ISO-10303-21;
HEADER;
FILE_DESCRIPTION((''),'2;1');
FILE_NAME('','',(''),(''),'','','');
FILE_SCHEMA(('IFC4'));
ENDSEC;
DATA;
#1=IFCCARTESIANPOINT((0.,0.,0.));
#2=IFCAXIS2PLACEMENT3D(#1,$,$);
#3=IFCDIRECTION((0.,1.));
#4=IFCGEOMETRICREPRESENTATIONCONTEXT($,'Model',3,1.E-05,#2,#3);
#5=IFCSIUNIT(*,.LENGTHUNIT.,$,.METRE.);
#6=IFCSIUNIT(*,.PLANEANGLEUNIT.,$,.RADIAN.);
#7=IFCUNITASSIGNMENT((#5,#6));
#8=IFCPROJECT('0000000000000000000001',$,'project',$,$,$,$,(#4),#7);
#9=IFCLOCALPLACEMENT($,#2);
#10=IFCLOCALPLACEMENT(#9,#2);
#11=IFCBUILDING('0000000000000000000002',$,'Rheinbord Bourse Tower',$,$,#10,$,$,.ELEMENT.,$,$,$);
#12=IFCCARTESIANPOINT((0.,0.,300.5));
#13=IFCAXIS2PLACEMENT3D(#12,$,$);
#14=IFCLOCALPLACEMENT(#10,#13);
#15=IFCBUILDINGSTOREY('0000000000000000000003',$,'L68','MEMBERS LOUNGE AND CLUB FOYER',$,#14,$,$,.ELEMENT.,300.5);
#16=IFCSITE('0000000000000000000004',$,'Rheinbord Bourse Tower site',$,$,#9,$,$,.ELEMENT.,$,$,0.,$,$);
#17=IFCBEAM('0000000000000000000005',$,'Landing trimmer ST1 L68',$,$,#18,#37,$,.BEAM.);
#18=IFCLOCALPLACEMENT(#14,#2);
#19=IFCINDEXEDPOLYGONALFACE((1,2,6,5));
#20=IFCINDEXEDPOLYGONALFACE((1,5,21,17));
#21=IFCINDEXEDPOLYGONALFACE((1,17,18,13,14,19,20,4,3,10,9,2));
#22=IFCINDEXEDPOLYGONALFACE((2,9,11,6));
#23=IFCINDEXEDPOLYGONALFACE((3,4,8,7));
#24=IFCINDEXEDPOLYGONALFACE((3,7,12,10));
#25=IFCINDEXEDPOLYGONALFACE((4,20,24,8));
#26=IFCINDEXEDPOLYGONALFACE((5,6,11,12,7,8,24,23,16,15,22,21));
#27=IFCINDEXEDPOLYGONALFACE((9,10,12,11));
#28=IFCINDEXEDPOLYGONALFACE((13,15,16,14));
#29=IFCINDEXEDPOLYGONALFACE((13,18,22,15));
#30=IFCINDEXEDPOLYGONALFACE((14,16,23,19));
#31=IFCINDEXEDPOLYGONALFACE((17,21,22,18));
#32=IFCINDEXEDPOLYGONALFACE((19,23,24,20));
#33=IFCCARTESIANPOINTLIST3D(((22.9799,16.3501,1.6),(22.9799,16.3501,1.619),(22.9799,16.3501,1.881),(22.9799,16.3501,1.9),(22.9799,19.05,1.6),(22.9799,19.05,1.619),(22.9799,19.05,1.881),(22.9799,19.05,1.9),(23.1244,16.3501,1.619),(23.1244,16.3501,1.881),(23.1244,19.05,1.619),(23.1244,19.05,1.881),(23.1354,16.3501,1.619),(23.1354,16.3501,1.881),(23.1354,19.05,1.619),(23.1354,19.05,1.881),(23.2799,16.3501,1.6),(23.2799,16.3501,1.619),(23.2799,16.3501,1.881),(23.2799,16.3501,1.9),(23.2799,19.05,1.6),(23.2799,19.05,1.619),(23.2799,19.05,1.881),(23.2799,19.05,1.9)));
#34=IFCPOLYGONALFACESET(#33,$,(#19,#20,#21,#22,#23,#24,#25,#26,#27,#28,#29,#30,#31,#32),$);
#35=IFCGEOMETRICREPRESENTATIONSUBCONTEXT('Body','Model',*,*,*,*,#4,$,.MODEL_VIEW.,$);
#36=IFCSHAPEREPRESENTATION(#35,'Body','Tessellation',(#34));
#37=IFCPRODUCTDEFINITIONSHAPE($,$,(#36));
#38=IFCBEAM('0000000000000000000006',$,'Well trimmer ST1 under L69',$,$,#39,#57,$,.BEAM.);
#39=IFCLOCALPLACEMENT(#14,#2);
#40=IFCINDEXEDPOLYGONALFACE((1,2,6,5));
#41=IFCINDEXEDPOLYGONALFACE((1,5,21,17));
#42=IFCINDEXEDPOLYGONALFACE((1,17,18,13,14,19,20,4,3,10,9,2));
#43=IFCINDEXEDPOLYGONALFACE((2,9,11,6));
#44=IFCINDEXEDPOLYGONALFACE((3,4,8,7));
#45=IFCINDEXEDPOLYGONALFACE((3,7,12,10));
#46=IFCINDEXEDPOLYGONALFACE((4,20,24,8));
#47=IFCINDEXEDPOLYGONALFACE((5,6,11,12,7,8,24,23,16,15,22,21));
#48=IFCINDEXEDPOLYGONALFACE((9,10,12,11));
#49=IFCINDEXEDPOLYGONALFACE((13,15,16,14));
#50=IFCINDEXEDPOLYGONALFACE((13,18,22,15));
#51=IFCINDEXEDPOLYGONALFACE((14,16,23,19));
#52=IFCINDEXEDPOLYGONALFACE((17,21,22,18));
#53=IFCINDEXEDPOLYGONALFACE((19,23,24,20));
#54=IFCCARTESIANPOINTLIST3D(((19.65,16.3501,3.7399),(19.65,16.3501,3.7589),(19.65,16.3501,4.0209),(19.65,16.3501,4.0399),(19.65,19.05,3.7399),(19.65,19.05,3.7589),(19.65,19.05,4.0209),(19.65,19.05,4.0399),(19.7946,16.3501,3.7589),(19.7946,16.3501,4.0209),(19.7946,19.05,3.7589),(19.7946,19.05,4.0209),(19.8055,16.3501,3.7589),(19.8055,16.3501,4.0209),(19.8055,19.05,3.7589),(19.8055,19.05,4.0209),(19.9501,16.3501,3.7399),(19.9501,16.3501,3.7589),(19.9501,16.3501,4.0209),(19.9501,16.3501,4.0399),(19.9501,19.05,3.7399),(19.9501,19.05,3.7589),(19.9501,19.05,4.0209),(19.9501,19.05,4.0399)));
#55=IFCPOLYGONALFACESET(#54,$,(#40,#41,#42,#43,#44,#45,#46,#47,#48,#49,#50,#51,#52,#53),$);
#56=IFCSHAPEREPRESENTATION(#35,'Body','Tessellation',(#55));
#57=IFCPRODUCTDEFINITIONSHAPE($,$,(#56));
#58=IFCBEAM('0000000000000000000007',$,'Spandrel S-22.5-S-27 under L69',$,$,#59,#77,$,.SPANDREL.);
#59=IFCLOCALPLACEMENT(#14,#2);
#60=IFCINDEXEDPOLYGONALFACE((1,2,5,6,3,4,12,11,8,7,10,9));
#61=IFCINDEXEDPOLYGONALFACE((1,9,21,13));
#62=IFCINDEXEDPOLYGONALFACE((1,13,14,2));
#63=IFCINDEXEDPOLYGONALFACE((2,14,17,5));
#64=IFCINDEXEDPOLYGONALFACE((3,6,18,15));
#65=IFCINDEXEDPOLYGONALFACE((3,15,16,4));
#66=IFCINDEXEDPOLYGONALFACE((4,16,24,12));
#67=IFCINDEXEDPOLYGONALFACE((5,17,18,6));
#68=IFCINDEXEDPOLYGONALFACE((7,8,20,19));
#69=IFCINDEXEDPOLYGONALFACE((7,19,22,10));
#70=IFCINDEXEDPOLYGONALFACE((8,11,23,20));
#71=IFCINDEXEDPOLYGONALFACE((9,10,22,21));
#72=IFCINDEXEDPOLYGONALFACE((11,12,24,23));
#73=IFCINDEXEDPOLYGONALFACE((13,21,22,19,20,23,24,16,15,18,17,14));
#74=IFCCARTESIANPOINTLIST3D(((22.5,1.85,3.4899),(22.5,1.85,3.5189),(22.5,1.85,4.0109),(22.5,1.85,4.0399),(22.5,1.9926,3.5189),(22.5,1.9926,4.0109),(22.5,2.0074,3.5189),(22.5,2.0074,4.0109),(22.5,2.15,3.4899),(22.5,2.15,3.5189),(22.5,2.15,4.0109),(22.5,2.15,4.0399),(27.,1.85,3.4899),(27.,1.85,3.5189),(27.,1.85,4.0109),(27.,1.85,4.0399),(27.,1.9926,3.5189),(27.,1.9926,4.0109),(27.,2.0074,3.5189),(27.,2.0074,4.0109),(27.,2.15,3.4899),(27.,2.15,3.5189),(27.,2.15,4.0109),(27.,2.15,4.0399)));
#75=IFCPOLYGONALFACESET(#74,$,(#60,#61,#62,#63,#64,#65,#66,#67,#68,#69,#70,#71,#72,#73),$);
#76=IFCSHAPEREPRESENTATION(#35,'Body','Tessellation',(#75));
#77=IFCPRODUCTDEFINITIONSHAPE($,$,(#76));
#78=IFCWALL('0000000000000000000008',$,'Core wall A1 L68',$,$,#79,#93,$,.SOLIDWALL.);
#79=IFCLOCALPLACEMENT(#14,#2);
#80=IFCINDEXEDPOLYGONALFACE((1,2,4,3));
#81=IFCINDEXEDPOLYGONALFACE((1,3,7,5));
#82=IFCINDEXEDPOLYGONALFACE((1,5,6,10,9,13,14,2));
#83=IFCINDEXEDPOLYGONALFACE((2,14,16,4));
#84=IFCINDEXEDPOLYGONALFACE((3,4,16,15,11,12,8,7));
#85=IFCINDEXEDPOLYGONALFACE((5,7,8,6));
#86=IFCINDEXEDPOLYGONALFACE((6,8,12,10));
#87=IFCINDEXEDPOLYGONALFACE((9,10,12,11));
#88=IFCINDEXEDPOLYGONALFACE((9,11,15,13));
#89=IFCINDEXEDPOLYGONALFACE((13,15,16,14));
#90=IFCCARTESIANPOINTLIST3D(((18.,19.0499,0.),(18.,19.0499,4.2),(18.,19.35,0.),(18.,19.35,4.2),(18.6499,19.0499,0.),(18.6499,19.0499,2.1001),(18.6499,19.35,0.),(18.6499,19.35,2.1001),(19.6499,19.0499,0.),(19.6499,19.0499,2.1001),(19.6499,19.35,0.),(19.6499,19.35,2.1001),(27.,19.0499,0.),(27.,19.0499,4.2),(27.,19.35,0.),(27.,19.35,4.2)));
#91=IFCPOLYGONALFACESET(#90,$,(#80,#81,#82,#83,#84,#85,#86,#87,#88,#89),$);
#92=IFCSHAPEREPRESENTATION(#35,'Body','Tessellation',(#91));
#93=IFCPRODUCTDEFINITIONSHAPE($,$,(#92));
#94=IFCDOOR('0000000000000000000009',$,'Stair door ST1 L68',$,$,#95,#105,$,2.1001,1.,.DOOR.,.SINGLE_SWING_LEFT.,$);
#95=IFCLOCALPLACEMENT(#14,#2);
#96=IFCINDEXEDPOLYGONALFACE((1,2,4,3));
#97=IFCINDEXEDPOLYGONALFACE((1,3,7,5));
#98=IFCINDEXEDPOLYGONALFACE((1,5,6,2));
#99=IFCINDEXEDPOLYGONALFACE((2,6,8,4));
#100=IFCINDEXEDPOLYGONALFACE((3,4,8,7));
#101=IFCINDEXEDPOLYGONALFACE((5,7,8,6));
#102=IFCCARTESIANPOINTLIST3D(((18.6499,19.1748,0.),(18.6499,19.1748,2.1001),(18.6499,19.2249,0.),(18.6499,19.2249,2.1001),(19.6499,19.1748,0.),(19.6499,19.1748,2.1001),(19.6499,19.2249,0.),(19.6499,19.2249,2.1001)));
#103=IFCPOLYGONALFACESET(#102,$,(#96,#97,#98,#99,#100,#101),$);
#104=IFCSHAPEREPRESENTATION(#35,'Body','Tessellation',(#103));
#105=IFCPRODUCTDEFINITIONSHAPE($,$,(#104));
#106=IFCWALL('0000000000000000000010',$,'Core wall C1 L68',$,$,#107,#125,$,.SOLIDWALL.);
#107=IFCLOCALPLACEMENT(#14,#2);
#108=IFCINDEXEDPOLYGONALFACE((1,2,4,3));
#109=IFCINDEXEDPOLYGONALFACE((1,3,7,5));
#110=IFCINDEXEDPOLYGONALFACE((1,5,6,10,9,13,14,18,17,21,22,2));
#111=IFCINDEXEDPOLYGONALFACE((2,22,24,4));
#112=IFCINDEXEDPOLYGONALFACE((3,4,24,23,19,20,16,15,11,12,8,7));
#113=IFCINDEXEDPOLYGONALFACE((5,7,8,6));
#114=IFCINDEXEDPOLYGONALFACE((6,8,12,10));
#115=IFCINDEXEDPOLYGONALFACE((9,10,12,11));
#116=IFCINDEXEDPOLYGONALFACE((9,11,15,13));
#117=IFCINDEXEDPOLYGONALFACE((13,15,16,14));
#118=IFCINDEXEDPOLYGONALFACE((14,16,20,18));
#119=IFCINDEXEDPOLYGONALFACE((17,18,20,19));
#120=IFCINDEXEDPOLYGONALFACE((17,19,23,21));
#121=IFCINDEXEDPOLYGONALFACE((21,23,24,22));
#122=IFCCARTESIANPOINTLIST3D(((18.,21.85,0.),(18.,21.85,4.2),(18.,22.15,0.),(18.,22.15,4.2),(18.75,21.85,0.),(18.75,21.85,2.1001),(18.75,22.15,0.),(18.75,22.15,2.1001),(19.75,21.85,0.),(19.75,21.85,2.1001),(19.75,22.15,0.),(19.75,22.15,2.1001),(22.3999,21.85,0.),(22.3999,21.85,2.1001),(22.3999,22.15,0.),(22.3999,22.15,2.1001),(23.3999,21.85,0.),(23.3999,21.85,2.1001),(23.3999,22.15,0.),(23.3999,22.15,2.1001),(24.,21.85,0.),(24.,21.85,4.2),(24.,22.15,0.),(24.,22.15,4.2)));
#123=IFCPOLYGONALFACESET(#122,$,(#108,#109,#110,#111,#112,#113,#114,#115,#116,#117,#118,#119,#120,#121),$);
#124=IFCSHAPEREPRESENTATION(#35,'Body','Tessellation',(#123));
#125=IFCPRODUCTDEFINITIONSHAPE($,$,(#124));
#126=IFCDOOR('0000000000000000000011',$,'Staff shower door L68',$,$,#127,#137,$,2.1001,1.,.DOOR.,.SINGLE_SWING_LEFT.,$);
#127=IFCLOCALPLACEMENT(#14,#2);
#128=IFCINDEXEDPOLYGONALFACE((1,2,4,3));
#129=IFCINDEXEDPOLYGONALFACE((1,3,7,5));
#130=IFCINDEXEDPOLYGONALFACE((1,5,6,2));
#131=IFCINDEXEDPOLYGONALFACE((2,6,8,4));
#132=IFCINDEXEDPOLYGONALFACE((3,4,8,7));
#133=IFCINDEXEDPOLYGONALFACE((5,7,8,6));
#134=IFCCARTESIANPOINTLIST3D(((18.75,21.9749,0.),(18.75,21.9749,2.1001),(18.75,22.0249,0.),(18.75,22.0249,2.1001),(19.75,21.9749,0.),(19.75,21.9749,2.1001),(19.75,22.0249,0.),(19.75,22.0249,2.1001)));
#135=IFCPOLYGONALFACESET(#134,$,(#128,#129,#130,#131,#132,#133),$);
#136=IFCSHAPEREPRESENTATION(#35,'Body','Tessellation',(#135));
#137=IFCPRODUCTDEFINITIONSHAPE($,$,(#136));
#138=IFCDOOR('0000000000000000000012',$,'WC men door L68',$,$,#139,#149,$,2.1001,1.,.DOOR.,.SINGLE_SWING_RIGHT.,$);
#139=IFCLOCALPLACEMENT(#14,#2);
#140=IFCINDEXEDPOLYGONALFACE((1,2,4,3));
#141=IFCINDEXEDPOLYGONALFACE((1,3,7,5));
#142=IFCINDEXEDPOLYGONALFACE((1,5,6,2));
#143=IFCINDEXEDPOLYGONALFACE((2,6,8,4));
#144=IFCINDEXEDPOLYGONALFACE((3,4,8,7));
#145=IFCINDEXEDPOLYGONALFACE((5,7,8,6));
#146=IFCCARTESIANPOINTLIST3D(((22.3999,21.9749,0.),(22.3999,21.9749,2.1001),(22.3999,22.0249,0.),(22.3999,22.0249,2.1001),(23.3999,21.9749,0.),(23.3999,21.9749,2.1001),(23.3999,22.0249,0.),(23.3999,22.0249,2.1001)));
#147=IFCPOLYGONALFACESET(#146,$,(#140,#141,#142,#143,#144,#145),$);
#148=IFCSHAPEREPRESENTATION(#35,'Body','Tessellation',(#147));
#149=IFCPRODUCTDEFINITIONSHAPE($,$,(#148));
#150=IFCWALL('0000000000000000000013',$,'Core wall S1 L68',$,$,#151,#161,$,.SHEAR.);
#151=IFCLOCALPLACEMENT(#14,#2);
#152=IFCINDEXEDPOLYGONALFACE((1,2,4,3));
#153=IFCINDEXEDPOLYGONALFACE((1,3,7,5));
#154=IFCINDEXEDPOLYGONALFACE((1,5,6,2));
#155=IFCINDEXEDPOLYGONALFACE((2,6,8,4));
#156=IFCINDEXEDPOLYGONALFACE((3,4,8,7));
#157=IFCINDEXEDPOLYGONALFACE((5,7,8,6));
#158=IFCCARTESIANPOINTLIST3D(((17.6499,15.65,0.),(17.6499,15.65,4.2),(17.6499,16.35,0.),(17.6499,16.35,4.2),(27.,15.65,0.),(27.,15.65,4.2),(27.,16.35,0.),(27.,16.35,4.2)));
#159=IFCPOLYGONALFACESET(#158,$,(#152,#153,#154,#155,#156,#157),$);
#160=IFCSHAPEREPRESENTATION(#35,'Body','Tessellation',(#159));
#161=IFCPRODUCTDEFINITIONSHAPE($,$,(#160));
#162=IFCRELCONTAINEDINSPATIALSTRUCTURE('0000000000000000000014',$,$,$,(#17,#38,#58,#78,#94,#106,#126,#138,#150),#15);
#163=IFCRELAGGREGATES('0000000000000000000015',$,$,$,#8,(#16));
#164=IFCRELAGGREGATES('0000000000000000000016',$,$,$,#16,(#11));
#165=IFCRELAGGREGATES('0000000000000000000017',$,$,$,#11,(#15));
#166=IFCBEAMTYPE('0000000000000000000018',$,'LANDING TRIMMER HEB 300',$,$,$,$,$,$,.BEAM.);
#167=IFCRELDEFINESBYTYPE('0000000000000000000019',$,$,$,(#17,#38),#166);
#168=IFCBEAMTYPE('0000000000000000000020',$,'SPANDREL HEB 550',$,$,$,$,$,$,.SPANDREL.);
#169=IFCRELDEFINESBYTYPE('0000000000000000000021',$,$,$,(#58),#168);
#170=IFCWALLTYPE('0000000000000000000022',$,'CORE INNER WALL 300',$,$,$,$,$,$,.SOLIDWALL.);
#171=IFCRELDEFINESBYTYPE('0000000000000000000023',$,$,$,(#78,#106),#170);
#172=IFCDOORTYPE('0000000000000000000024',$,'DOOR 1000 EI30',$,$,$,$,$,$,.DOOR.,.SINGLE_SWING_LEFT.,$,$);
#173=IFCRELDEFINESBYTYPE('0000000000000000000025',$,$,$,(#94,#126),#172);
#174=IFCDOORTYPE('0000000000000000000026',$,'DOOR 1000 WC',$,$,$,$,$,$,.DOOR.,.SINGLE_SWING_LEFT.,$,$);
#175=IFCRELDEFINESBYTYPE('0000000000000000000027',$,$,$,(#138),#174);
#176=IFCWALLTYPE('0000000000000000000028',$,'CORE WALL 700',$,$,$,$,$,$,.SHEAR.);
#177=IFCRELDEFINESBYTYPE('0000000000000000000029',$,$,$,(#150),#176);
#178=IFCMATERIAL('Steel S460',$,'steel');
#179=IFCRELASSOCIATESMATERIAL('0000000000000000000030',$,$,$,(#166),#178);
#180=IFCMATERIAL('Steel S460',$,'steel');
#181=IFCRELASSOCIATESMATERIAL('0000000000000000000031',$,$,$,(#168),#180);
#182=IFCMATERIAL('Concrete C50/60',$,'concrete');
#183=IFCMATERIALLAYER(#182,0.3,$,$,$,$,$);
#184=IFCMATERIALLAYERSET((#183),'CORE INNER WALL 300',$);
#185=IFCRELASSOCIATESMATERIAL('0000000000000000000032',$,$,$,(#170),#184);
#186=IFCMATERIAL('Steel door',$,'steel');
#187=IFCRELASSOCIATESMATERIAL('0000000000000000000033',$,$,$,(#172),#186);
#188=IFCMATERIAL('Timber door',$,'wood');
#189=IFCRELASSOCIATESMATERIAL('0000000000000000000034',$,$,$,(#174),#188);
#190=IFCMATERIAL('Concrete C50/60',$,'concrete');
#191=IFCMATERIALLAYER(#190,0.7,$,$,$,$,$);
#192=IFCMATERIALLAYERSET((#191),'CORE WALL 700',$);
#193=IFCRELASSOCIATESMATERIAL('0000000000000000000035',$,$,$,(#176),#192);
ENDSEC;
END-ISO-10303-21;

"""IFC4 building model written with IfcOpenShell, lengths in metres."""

from ifc_helpers import new_model, si_unit, direction, frame, frame_2d, origin, origin_2d, place, context, subcontext, project, spatial, rectangle, i_section, extrude, material, layer, layer_set, material_profile, profile_set, type_object, element, fill, save


model = new_model("IFC4")

# Units and contexts
model_context = context("Model", 3, precision=1e-05, world=origin(), true_north=direction((0.0, 1.0)))
body_context = subcontext(model_context, "Body", "Model", "MODEL_VIEW")
ifc_project = project(units=[si_unit("LENGTHUNIT", "METRE"), si_unit("PLANEANGLEUNIT", "RADIAN")], contexts=[model_context])

# Site, building, storey
site_placement = place(None, origin())
site = spatial("IfcSite", under=ifc_project, at=site_placement, Name="Rheinbord Bourse Tower site", CompositionType="ELEMENT", RefElevation=0.0)
building_placement = place(site_placement, origin())
building = spatial("IfcBuilding", under=site, at=building_placement, Name="Rheinbord Bourse Tower", CompositionType="ELEMENT")
storey_placement = place(building_placement, frame((0.0, 0.0, 300.5)))
storey = spatial("IfcBuildingStorey", under=building, at=storey_placement, Name="L68", Description="MEMBERS LOUNGE AND CLUB FOYER", CompositionType="ELEMENT", Elevation=300.5)

# Beams
ifc_material_1 = material(Name="Steel S460", Category="steel")
ifc_material_profile_1 = material_profile(ifc_material_1, i_section(OverallWidth=0.3, OverallDepth=0.3, WebThickness=0.011, FlangeThickness=0.019, at=origin_2d()), Name="HEB 300")
ifc_profile_set_1 = profile_set([ifc_material_profile_1], Name="Steel S460")
beam_type_1 = type_object("IfcBeamType", Name="LANDING TRIMMER HEB 300", PredefinedType="BEAM", material=ifc_profile_set_1)
for number, where, z_axis, x_axis, name in (
    (1, (23.1299, 16.3501, 1.75), (0.0, 1.0, 0.0), (-1.0, 0.0, 0.0), "Landing trimmer ST1 L68"),
    (2, (19.8, 16.3501, 3.8899), (0.0, 1.0, 0.0), (-1.0, 0.0, 0.0), "Well trimmer ST1 under L69"),
):
    element("IfcBeam", number, at=place(storey_placement, frame(where, z_axis=z_axis, x_axis=x_axis)), inside=storey, type_object=beam_type_1, Name=name, PredefinedType="BEAM", context=body_context, shape_type="SweptSolid", body=[
        extrude(i_section(OverallWidth=0.3, OverallDepth=0.3, WebThickness=0.011, FlangeThickness=0.019, at=origin_2d()), origin(), (0.0, 0.0, 1.0), 2.7),
    ])
ifc_material_2 = material(Name="Steel S460", Category="steel")
ifc_material_profile_2 = material_profile(ifc_material_2, i_section(OverallWidth=0.3, OverallDepth=0.55, WebThickness=0.0149, FlangeThickness=0.0291, at=origin_2d()), Name="HEB 550")
ifc_profile_set_2 = profile_set([ifc_material_profile_2], Name="Steel S460")
beam_type_2 = type_object("IfcBeamType", Name="SPANDREL HEB 550", PredefinedType="SPANDREL", material=ifc_profile_set_2)
beam_placement = place(storey_placement, frame((22.5, 2.0, 3.7649), z_axis=(1.0, 0.0, 0.0), x_axis=(0.0, 1.0, 0.0)))
element("IfcBeam", 3, at=beam_placement, inside=storey, type_object=beam_type_2, Name="Spandrel S-22.5-S-27 under L69", PredefinedType="SPANDREL", context=body_context, shape_type="SweptSolid", body=[
    extrude(i_section(OverallWidth=0.3, OverallDepth=0.55, WebThickness=0.0149, FlangeThickness=0.0291, at=origin_2d()), origin(), (0.0, 0.0, 1.0), 4.5),
])

# Wall, opening, door
ifc_material_3 = material(Name="Concrete C50/60", Category="concrete")
ifc_layer_1 = layer(ifc_material_3, 0.3)
ifc_layer_set_1 = layer_set([ifc_layer_1], Name="CORE INNER WALL 300")
wall_type_1 = type_object("IfcWallType", Name="CORE INNER WALL 300", PredefinedType="SOLIDWALL", material=ifc_layer_set_1)
wall_1_placement = place(storey_placement, frame((18.0, 19.2, 0.0), z_axis=(0.0, 0.0, 1.0), x_axis=(1.0, 0.0, 0.0)))
wall_1 = element("IfcWall", 4, at=wall_1_placement, inside=storey, type_object=wall_type_1, Name="Core wall A1 L68", PredefinedType="SOLIDWALL", context=body_context, shape_type="SweptSolid", body=[
    extrude(rectangle(XDim=9.0, YDim=0.3, at=frame_2d((4.5, 0.0))), origin(), (0.0, 0.0, 1.0), 4.2),
])
opening_1_placement = place(wall_1_placement, frame((0.6499, 0.0, 0.0)))
opening_1 = element("IfcOpeningElement", 5, at=opening_1_placement, cuts=wall_1, PredefinedType="OPENING", context=body_context, shape_type="SweptSolid", body=[
    extrude(rectangle(XDim=1.0, YDim=2.1001, at=frame_2d((0.5, 1.05))), frame((0.0, 0.1599, 0.0), z_axis=(0.0, -1.0, 0.0), x_axis=(1.0, 0.0, 0.0)), (0.0, 0.0, 1.0), 0.3201),
])
ifc_material_4 = material(Name="Steel door", Category="steel")
door_type_1 = type_object("IfcDoorType", Name="DOOR 1000 EI30", OperationType="SINGLE_SWING_LEFT", PredefinedType="DOOR", material=ifc_material_4)
door_1_placement = place(opening_1_placement, origin())
door_1 = element("IfcDoor", 6, at=door_1_placement, inside=storey, type_object=door_type_1, Name="Stair door ST1 L68", OperationType="SINGLE_SWING_LEFT", OverallHeight=2.1001, OverallWidth=1.0, PredefinedType="DOOR", context=body_context, shape_type="SweptSolid", body=[
    extrude(rectangle(XDim=1.0, YDim=2.1001, at=frame_2d((0.5, 1.05))), frame((0.0, 0.0249, 0.0), z_axis=(0.0, -1.0, 0.0), x_axis=(1.0, 0.0, 0.0)), (0.0, 0.0, 1.0), 0.05),
])
fill(opening_1, door_1)

# Wall, openings, doors
wall_2_placement = place(storey_placement, frame((18.0, 22.0, 0.0), z_axis=(0.0, 0.0, 1.0), x_axis=(1.0, 0.0, 0.0)))
wall_2 = element("IfcWall", 7, at=wall_2_placement, inside=storey, type_object=wall_type_1, Name="Core wall C1 L68", PredefinedType="SOLIDWALL", context=body_context, shape_type="SweptSolid", body=[
    extrude(rectangle(XDim=6.0, YDim=0.3, at=frame_2d((3.0, 0.0))), origin(), (0.0, 0.0, 1.0), 4.2),
])
opening_2_placement = place(wall_2_placement, frame((4.3999, 0.0, 0.0)))
opening_2 = element("IfcOpeningElement", 8, at=opening_2_placement, cuts=wall_2, PredefinedType="OPENING", context=body_context, shape_type="SweptSolid", body=[
    extrude(rectangle(XDim=1.0, YDim=2.1001, at=frame_2d((0.5, 1.05))), frame((0.0, 0.1599, 0.0), z_axis=(0.0, -1.0, 0.0), x_axis=(1.0, 0.0, 0.0)), (0.0, 0.0, 1.0), 0.3201),
])
opening_3_placement = place(wall_2_placement, frame((0.75, 0.0, 0.0)))
opening_3 = element("IfcOpeningElement", 9, at=opening_3_placement, cuts=wall_2, PredefinedType="OPENING", context=body_context, shape_type="SweptSolid", body=[
    extrude(rectangle(XDim=1.0, YDim=2.1001, at=frame_2d((0.5, 1.05))), frame((0.0, 0.1599, 0.0), z_axis=(0.0, -1.0, 0.0), x_axis=(1.0, 0.0, 0.0)), (0.0, 0.0, 1.0), 0.3201),
])
door_2_placement = place(opening_3_placement, origin())
door_2 = element("IfcDoor", 10, at=door_2_placement, inside=storey, type_object=door_type_1, Name="Staff shower door L68", OperationType="SINGLE_SWING_LEFT", OverallHeight=2.1001, OverallWidth=1.0, PredefinedType="DOOR", context=body_context, shape_type="SweptSolid", body=[
    extrude(rectangle(XDim=1.0, YDim=2.1001, at=frame_2d((0.5, 1.05))), frame((0.0, 0.0249, 0.0), z_axis=(0.0, -1.0, 0.0), x_axis=(1.0, 0.0, 0.0)), (0.0, 0.0, 1.0), 0.05),
])
fill(opening_3, door_2)
ifc_material_5 = material(Name="Timber door", Category="wood")
door_type_2 = type_object("IfcDoorType", Name="DOOR 1000 WC", OperationType="SINGLE_SWING_LEFT", PredefinedType="DOOR", material=ifc_material_5)
door_3_placement = place(opening_2_placement, origin())
door_3 = element("IfcDoor", 11, at=door_3_placement, inside=storey, type_object=door_type_2, Name="WC men door L68", OperationType="SINGLE_SWING_RIGHT", OverallHeight=2.1001, OverallWidth=1.0, PredefinedType="DOOR", context=body_context, shape_type="SweptSolid", body=[
    extrude(rectangle(XDim=1.0, YDim=2.1001, at=frame_2d((0.5, 1.05))), frame((0.0, 0.0249, 0.0), z_axis=(0.0, -1.0, 0.0), x_axis=(1.0, 0.0, 0.0)), (0.0, 0.0, 1.0), 0.05),
])
fill(opening_2, door_3)

# Wall
ifc_material_6 = material(Name="Concrete C50/60", Category="concrete")
ifc_layer_2 = layer(ifc_material_6, 0.7)
ifc_layer_set_2 = layer_set([ifc_layer_2], Name="CORE WALL 700")
wall_type_2 = type_object("IfcWallType", Name="CORE WALL 700", PredefinedType="SHEAR", material=ifc_layer_set_2)
wall_3_placement = place(storey_placement, frame((17.6499, 16.0, 0.0), z_axis=(0.0, 0.0, 1.0), x_axis=(1.0, 0.0, 0.0)))
element("IfcWall", 12, at=wall_3_placement, inside=storey, type_object=wall_type_2, Name="Core wall S1 L68", PredefinedType="SHEAR", context=body_context, shape_type="SweptSolid", body=[
    extrude(rectangle(XDim=9.3501, YDim=0.7, at=frame_2d((4.675, 0.0))), origin(), (0.0, 0.0, 1.0), 4.2),
])

save(model, "model.ifc")
